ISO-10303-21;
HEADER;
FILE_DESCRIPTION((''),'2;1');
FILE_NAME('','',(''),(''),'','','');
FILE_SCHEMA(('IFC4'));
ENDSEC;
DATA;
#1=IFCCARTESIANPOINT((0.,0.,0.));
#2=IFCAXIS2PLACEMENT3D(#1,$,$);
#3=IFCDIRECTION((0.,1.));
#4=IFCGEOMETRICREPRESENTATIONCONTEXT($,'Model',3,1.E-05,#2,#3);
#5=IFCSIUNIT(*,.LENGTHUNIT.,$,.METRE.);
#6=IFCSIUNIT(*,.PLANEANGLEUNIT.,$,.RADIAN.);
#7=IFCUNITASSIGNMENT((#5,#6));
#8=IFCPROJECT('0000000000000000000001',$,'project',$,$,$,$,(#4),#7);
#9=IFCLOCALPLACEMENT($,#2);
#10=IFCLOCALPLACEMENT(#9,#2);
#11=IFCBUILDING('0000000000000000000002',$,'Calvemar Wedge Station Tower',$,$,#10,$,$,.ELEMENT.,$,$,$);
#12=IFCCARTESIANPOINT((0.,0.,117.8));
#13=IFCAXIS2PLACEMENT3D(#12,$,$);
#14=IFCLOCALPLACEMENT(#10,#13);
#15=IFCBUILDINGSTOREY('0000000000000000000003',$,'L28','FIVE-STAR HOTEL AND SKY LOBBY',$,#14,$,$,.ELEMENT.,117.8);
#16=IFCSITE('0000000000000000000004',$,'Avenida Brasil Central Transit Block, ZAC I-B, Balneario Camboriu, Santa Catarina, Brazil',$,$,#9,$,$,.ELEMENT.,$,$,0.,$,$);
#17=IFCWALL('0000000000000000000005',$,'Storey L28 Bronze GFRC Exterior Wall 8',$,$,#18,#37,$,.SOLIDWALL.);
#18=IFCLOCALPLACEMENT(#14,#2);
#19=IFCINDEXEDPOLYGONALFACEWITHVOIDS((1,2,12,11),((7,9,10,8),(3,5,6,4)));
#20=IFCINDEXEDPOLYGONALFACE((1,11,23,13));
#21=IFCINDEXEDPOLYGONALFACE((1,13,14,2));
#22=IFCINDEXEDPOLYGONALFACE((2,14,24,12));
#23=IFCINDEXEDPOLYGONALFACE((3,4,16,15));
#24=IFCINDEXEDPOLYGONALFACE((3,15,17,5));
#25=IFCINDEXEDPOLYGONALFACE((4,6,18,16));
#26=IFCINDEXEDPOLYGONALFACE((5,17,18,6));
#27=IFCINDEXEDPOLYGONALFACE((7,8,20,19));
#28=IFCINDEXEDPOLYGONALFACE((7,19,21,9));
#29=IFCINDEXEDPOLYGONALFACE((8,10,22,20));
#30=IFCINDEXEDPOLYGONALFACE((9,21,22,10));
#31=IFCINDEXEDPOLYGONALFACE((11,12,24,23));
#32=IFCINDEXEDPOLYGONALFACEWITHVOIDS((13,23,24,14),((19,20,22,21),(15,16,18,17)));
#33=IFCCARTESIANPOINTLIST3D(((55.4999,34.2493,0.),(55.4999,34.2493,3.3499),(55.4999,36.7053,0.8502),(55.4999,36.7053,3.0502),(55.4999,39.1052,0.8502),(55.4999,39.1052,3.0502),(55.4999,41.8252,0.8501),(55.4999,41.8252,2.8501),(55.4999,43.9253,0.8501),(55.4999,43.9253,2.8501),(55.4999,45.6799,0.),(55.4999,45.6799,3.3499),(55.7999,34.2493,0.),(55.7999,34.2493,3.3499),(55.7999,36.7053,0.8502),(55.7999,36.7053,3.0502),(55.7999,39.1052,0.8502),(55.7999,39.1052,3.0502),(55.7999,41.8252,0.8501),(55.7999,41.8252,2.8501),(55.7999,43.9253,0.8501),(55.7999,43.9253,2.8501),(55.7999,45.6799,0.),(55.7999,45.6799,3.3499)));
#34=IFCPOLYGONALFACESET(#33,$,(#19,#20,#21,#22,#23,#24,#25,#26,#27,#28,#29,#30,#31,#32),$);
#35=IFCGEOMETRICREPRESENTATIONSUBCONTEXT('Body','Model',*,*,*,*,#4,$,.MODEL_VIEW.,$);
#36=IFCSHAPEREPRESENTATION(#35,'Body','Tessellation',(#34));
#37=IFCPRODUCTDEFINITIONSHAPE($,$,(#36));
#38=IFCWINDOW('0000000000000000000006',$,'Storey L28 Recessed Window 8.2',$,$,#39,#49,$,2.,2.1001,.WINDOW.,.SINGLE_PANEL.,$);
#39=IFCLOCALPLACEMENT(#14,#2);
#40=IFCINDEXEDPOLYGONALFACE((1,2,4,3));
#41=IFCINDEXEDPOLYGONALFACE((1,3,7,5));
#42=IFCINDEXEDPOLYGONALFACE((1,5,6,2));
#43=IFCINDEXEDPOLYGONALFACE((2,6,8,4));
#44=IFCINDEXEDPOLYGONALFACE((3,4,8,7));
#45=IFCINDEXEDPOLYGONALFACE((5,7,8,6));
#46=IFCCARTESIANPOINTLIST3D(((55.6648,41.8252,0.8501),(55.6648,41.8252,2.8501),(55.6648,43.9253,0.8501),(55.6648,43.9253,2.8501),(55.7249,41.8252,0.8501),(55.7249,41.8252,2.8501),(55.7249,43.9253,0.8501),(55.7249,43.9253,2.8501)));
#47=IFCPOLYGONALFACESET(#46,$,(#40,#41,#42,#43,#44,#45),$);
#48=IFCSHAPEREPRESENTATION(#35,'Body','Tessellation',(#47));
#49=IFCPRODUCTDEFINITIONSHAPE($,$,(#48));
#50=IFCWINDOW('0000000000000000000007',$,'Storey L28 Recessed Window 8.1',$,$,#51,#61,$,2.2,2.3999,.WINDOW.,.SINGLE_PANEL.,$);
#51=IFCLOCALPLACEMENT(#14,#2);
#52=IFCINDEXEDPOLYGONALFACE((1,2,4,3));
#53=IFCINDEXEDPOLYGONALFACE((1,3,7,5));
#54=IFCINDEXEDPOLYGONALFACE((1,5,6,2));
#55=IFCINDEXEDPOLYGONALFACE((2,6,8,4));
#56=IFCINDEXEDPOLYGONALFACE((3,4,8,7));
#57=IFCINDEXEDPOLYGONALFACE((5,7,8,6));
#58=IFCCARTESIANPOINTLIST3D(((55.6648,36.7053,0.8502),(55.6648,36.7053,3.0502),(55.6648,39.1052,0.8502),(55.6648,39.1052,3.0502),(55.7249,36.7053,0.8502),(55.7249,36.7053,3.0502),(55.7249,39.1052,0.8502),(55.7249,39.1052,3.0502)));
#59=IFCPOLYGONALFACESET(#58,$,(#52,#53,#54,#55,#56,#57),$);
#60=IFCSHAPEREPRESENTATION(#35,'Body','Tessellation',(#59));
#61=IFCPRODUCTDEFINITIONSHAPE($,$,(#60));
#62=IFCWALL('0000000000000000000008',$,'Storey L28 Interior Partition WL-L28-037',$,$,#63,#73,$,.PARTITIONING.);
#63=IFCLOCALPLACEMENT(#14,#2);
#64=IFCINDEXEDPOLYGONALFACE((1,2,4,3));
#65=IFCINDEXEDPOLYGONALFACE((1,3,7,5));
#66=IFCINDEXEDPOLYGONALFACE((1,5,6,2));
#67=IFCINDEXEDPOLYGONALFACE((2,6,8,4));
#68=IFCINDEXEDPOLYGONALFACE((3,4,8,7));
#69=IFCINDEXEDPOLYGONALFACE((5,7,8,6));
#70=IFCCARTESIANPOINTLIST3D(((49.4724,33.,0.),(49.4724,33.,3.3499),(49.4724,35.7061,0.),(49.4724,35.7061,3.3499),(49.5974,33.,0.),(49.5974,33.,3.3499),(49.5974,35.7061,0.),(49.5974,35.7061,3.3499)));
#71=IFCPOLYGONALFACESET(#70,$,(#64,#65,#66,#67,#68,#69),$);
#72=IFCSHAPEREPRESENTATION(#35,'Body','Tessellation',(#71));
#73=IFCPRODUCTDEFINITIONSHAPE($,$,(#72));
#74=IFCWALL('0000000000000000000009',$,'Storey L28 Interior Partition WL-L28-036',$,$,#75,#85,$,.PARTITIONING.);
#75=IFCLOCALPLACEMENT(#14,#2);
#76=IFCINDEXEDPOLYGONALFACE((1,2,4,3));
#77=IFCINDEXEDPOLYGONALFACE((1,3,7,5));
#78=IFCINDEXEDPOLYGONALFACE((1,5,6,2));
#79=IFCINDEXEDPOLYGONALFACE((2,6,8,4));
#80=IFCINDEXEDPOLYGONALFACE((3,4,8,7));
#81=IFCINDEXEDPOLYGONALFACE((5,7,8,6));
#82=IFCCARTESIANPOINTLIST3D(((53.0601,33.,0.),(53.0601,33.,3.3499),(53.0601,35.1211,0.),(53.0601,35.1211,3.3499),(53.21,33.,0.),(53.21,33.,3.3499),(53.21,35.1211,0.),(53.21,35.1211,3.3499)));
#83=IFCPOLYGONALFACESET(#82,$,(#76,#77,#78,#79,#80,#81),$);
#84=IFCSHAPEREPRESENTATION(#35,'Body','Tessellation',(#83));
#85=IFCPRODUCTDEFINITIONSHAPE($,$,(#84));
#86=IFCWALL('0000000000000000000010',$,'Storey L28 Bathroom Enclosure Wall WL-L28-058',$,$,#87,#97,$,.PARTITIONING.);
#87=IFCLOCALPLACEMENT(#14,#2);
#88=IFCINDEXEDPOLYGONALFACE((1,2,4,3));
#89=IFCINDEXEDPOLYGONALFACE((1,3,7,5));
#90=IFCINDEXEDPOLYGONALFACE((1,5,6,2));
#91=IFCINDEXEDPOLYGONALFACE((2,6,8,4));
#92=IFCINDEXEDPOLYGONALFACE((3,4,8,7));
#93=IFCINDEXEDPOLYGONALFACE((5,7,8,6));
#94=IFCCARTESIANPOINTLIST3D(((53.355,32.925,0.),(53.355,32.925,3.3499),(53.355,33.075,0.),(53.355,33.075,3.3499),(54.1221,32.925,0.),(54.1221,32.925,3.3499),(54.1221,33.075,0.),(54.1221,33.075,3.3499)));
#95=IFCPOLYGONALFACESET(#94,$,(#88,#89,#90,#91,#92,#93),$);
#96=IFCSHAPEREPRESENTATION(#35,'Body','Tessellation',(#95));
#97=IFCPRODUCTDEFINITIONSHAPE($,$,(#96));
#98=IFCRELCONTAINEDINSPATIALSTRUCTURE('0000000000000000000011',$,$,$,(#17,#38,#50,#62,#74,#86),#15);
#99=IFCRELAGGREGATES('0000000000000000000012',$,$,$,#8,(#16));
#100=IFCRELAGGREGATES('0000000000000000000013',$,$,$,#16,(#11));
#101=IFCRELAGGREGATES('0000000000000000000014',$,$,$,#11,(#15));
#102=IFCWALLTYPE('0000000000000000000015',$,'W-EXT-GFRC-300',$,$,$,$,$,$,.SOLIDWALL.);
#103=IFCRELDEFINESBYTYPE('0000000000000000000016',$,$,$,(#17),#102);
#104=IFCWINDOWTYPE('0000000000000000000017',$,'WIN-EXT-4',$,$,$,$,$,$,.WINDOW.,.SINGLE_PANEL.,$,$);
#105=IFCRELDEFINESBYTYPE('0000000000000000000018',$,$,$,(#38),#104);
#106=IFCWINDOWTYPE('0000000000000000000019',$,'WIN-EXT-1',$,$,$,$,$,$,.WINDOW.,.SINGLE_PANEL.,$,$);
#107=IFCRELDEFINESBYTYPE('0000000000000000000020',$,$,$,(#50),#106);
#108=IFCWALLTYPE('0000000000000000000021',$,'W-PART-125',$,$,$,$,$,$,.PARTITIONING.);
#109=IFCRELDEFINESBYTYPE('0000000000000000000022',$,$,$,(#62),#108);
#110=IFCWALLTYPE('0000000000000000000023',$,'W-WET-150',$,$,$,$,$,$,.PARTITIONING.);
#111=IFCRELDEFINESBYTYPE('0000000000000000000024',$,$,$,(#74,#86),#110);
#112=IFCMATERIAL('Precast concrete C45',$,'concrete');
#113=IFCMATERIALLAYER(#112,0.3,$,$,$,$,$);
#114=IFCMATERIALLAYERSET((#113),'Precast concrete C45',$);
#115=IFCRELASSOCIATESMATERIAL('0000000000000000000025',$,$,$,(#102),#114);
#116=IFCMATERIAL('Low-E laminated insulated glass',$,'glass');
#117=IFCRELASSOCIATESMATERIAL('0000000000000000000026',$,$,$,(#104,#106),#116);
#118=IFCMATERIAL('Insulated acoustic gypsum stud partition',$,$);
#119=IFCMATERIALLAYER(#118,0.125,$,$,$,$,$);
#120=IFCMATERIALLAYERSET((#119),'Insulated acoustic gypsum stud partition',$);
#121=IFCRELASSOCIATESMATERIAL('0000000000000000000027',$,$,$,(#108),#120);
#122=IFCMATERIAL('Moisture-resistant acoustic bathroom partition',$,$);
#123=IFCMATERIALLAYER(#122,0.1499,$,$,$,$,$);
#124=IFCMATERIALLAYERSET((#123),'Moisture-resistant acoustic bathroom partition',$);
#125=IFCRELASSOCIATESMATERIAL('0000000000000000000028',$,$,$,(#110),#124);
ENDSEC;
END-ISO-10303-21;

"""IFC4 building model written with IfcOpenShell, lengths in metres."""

from ifc_helpers import new_model, si_unit, direction, frame, frame_2d, origin, place, context, subcontext, project, spatial, rectangle, extrude, source, transform, mapped, material, layer, layer_set, type_object, element, fill, save


model = new_model("IFC4")

# Units and contexts
model_context = context("Model", 3, precision=1e-05, world=origin(), true_north=direction((0.0, 1.0)))
body_context = subcontext(model_context, "Body", "Model", "MODEL_VIEW")
ifc_project = project(units=[si_unit("LENGTHUNIT", "METRE"), si_unit("PLANEANGLEUNIT", "RADIAN")], contexts=[model_context])

# Site, building, storey
site_placement = place(None, origin())
site = spatial("IfcSite", under=ifc_project, at=site_placement, Name="Avenida Brasil Central Transit Block, ZAC I-B, Balneario Camboriu, Santa Catarina, Brazil", CompositionType="ELEMENT", RefElevation=0.0)
building_placement = place(site_placement, origin())
building = spatial("IfcBuilding", under=site, at=building_placement, Name="Calvemar Wedge Station Tower", CompositionType="ELEMENT")
storey_placement = place(building_placement, frame((0.0, 0.0, 117.8)))
storey = spatial("IfcBuildingStorey", under=building, at=storey_placement, Name="L28", Description="FIVE-STAR HOTEL AND SKY LOBBY", CompositionType="ELEMENT", Elevation=117.8)

# Shared definitions
ifc_material_1 = material(Name="Low-E laminated insulated glass", Category="glass")

# Shared definitions
ifc_material_2 = material(Name="Precast concrete C45", Category="concrete")
ifc_layer_1 = layer(ifc_material_2, 0.3)
ifc_layer_set_1 = layer_set([ifc_layer_1], Name="Precast concrete C45")
wall_type_1 = type_object("IfcWallType", Name="W-EXT-GFRC-300", PredefinedType="SOLIDWALL", material=ifc_layer_set_1)

# Wall, openings, windows
wall_1_placement = place(storey_placement, frame((55.6499, 34.2493, 0.0), z_axis=(0.0, 0.0, 1.0), x_axis=(0.0, 1.0, 0.0)))
wall_1 = element("IfcWall", 1, at=wall_1_placement, inside=storey, type_object=wall_type_1, Name="Storey L28 Bronze GFRC Exterior Wall 8", PredefinedType="SOLIDWALL", context=body_context, shape_type="SweptSolid", body=[
    extrude(rectangle(XDim=11.4307, YDim=0.3, at=frame_2d((5.7153, 0.0))), origin(), (0.0, 0.0, 1.0), 3.3499),
])
shared_shape_1 = source(origin(), body_context, "Body", "SweptSolid", [
    extrude(rectangle(XDim=2.3999, YDim=2.2, at=frame_2d((1.2, 1.1001))), frame((0.0, 0.1602, 0.0), z_axis=(0.0, -1.0, 0.0), x_axis=(1.0, 0.0, 0.0)), (0.0, 0.0, 1.0), 0.3201),
])
opening_1_placement = place(wall_1_placement, frame((2.4561, 0.0, 0.8501)))
opening_1 = element("IfcOpeningElement", 2, at=opening_1_placement, cuts=wall_1, PredefinedType="OPENING", context=body_context, shape_type="MappedRepresentation", body=[
    mapped(shared_shape_1, transform((0.0, 0.0, 0.0), scale=1.0)),
])
shared_shape_2 = source(origin(), body_context, "Body", "SweptSolid", [
    extrude(rectangle(XDim=2.1001, YDim=2.0, at=frame_2d((1.05, 1.0))), frame((0.0, 0.1602, 0.0), z_axis=(0.0, -1.0, 0.0), x_axis=(1.0, 0.0, 0.0)), (0.0, 0.0, 1.0), 0.3201),
])
opening_2_placement = place(wall_1_placement, frame((7.5759, 0.0, 0.8501)))
opening_2 = element("IfcOpeningElement", 3, at=opening_2_placement, cuts=wall_1, PredefinedType="OPENING", context=body_context, shape_type="MappedRepresentation", body=[
    mapped(shared_shape_2, transform((0.0, 0.0, 0.0), scale=1.0)),
])
window_type_1 = type_object("IfcWindowType", Name="WIN-EXT-4", PartitioningType="SINGLE_PANEL", PredefinedType="WINDOW", material=ifc_material_1)
shared_shape_3 = source(origin(), body_context, "Body", "SweptSolid", [
    extrude(rectangle(XDim=2.1001, YDim=2.0, at=frame_2d((1.05, 1.0))), frame((0.0, -0.0149, 0.0), z_axis=(0.0, -1.0, 0.0), x_axis=(1.0, 0.0, 0.0)), (0.0, 0.0, 1.0), 0.0601),
])
window_1_placement = place(opening_2_placement, origin())
window_1 = element("IfcWindow", 4, at=window_1_placement, inside=storey, type_object=window_type_1, Name="Storey L28 Recessed Window 8.2", OverallHeight=2.0, OverallWidth=2.1001, PartitioningType="SINGLE_PANEL", PredefinedType="WINDOW", context=body_context, shape_type="MappedRepresentation", body=[
    mapped(shared_shape_3, transform((0.0, 0.0, 0.0), scale=1.0)),
])
fill(opening_2, window_1)
window_type_2 = type_object("IfcWindowType", Name="WIN-EXT-1", PartitioningType="SINGLE_PANEL", PredefinedType="WINDOW", material=ifc_material_1)
shared_shape_4 = source(origin(), body_context, "Body", "SweptSolid", [
    extrude(rectangle(XDim=2.3999, YDim=2.2, at=frame_2d((1.2, 1.1001))), frame((0.0, -0.0149, 0.0), z_axis=(0.0, -1.0, 0.0), x_axis=(1.0, 0.0, 0.0)), (0.0, 0.0, 1.0), 0.0601),
])
window_2_placement = place(opening_1_placement, origin())
window_2 = element("IfcWindow", 5, at=window_2_placement, inside=storey, type_object=window_type_2, Name="Storey L28 Recessed Window 8.1", OverallHeight=2.2, OverallWidth=2.3999, PartitioningType="SINGLE_PANEL", PredefinedType="WINDOW", context=body_context, shape_type="MappedRepresentation", body=[
    mapped(shared_shape_4, transform((0.0, 0.0, 0.0), scale=1.0)),
])
fill(opening_1, window_2)

# Walls
ifc_material_3 = material(Name="Insulated acoustic gypsum stud partition")
ifc_layer_2 = layer(ifc_material_3, 0.125)
ifc_layer_set_2 = layer_set([ifc_layer_2], Name="Insulated acoustic gypsum stud partition")
wall_type_2 = type_object("IfcWallType", Name="W-PART-125", PredefinedType="PARTITIONING", material=ifc_layer_set_2)
wall_2_placement = place(storey_placement, frame((49.5349, 33.0, 0.0), z_axis=(0.0, 0.0, 1.0), x_axis=(0.0, 1.0, 0.0)))
element("IfcWall", 6, at=wall_2_placement, inside=storey, type_object=wall_type_2, Name="Storey L28 Interior Partition WL-L28-037", PredefinedType="PARTITIONING", context=body_context, shape_type="SweptSolid", body=[
    extrude(rectangle(XDim=2.7061, YDim=0.125, at=frame_2d((1.353, 0.0))), origin(), (0.0, 0.0, 1.0), 3.3499),
])
ifc_material_4 = material(Name="Moisture-resistant acoustic bathroom partition")
ifc_layer_3 = layer(ifc_material_4, 0.1499)
ifc_layer_set_3 = layer_set([ifc_layer_3], Name="Moisture-resistant acoustic bathroom partition")
wall_type_3 = type_object("IfcWallType", Name="W-WET-150", PredefinedType="PARTITIONING", material=ifc_layer_set_3)
wall_3_placement = place(storey_placement, frame((53.135, 33.0, 0.0), z_axis=(0.0, 0.0, 1.0), x_axis=(0.0, 1.0, 0.0)))
element("IfcWall", 7, at=wall_3_placement, inside=storey, type_object=wall_type_3, Name="Storey L28 Interior Partition WL-L28-036", PredefinedType="PARTITIONING", context=body_context, shape_type="SweptSolid", body=[
    extrude(rectangle(XDim=2.1211, YDim=0.1499, at=frame_2d((1.0605, 0.0))), origin(), (0.0, 0.0, 1.0), 3.3499),
])
wall_4_placement = place(storey_placement, frame((54.1221, 33.0, 0.0), z_axis=(0.0, 0.0, 1.0), x_axis=(-1.0, 0.0, 0.0)))
element("IfcWall", 8, at=wall_4_placement, inside=storey, type_object=wall_type_3, Name="Storey L28 Bathroom Enclosure Wall WL-L28-058", PredefinedType="PARTITIONING", context=body_context, shape_type="SweptSolid", body=[
    extrude(rectangle(XDim=0.7671, YDim=0.1499, at=frame_2d((0.3835, 0.0))), origin(), (0.0, 0.0, 1.0), 3.3499),
])

save(model, "model.ifc")
